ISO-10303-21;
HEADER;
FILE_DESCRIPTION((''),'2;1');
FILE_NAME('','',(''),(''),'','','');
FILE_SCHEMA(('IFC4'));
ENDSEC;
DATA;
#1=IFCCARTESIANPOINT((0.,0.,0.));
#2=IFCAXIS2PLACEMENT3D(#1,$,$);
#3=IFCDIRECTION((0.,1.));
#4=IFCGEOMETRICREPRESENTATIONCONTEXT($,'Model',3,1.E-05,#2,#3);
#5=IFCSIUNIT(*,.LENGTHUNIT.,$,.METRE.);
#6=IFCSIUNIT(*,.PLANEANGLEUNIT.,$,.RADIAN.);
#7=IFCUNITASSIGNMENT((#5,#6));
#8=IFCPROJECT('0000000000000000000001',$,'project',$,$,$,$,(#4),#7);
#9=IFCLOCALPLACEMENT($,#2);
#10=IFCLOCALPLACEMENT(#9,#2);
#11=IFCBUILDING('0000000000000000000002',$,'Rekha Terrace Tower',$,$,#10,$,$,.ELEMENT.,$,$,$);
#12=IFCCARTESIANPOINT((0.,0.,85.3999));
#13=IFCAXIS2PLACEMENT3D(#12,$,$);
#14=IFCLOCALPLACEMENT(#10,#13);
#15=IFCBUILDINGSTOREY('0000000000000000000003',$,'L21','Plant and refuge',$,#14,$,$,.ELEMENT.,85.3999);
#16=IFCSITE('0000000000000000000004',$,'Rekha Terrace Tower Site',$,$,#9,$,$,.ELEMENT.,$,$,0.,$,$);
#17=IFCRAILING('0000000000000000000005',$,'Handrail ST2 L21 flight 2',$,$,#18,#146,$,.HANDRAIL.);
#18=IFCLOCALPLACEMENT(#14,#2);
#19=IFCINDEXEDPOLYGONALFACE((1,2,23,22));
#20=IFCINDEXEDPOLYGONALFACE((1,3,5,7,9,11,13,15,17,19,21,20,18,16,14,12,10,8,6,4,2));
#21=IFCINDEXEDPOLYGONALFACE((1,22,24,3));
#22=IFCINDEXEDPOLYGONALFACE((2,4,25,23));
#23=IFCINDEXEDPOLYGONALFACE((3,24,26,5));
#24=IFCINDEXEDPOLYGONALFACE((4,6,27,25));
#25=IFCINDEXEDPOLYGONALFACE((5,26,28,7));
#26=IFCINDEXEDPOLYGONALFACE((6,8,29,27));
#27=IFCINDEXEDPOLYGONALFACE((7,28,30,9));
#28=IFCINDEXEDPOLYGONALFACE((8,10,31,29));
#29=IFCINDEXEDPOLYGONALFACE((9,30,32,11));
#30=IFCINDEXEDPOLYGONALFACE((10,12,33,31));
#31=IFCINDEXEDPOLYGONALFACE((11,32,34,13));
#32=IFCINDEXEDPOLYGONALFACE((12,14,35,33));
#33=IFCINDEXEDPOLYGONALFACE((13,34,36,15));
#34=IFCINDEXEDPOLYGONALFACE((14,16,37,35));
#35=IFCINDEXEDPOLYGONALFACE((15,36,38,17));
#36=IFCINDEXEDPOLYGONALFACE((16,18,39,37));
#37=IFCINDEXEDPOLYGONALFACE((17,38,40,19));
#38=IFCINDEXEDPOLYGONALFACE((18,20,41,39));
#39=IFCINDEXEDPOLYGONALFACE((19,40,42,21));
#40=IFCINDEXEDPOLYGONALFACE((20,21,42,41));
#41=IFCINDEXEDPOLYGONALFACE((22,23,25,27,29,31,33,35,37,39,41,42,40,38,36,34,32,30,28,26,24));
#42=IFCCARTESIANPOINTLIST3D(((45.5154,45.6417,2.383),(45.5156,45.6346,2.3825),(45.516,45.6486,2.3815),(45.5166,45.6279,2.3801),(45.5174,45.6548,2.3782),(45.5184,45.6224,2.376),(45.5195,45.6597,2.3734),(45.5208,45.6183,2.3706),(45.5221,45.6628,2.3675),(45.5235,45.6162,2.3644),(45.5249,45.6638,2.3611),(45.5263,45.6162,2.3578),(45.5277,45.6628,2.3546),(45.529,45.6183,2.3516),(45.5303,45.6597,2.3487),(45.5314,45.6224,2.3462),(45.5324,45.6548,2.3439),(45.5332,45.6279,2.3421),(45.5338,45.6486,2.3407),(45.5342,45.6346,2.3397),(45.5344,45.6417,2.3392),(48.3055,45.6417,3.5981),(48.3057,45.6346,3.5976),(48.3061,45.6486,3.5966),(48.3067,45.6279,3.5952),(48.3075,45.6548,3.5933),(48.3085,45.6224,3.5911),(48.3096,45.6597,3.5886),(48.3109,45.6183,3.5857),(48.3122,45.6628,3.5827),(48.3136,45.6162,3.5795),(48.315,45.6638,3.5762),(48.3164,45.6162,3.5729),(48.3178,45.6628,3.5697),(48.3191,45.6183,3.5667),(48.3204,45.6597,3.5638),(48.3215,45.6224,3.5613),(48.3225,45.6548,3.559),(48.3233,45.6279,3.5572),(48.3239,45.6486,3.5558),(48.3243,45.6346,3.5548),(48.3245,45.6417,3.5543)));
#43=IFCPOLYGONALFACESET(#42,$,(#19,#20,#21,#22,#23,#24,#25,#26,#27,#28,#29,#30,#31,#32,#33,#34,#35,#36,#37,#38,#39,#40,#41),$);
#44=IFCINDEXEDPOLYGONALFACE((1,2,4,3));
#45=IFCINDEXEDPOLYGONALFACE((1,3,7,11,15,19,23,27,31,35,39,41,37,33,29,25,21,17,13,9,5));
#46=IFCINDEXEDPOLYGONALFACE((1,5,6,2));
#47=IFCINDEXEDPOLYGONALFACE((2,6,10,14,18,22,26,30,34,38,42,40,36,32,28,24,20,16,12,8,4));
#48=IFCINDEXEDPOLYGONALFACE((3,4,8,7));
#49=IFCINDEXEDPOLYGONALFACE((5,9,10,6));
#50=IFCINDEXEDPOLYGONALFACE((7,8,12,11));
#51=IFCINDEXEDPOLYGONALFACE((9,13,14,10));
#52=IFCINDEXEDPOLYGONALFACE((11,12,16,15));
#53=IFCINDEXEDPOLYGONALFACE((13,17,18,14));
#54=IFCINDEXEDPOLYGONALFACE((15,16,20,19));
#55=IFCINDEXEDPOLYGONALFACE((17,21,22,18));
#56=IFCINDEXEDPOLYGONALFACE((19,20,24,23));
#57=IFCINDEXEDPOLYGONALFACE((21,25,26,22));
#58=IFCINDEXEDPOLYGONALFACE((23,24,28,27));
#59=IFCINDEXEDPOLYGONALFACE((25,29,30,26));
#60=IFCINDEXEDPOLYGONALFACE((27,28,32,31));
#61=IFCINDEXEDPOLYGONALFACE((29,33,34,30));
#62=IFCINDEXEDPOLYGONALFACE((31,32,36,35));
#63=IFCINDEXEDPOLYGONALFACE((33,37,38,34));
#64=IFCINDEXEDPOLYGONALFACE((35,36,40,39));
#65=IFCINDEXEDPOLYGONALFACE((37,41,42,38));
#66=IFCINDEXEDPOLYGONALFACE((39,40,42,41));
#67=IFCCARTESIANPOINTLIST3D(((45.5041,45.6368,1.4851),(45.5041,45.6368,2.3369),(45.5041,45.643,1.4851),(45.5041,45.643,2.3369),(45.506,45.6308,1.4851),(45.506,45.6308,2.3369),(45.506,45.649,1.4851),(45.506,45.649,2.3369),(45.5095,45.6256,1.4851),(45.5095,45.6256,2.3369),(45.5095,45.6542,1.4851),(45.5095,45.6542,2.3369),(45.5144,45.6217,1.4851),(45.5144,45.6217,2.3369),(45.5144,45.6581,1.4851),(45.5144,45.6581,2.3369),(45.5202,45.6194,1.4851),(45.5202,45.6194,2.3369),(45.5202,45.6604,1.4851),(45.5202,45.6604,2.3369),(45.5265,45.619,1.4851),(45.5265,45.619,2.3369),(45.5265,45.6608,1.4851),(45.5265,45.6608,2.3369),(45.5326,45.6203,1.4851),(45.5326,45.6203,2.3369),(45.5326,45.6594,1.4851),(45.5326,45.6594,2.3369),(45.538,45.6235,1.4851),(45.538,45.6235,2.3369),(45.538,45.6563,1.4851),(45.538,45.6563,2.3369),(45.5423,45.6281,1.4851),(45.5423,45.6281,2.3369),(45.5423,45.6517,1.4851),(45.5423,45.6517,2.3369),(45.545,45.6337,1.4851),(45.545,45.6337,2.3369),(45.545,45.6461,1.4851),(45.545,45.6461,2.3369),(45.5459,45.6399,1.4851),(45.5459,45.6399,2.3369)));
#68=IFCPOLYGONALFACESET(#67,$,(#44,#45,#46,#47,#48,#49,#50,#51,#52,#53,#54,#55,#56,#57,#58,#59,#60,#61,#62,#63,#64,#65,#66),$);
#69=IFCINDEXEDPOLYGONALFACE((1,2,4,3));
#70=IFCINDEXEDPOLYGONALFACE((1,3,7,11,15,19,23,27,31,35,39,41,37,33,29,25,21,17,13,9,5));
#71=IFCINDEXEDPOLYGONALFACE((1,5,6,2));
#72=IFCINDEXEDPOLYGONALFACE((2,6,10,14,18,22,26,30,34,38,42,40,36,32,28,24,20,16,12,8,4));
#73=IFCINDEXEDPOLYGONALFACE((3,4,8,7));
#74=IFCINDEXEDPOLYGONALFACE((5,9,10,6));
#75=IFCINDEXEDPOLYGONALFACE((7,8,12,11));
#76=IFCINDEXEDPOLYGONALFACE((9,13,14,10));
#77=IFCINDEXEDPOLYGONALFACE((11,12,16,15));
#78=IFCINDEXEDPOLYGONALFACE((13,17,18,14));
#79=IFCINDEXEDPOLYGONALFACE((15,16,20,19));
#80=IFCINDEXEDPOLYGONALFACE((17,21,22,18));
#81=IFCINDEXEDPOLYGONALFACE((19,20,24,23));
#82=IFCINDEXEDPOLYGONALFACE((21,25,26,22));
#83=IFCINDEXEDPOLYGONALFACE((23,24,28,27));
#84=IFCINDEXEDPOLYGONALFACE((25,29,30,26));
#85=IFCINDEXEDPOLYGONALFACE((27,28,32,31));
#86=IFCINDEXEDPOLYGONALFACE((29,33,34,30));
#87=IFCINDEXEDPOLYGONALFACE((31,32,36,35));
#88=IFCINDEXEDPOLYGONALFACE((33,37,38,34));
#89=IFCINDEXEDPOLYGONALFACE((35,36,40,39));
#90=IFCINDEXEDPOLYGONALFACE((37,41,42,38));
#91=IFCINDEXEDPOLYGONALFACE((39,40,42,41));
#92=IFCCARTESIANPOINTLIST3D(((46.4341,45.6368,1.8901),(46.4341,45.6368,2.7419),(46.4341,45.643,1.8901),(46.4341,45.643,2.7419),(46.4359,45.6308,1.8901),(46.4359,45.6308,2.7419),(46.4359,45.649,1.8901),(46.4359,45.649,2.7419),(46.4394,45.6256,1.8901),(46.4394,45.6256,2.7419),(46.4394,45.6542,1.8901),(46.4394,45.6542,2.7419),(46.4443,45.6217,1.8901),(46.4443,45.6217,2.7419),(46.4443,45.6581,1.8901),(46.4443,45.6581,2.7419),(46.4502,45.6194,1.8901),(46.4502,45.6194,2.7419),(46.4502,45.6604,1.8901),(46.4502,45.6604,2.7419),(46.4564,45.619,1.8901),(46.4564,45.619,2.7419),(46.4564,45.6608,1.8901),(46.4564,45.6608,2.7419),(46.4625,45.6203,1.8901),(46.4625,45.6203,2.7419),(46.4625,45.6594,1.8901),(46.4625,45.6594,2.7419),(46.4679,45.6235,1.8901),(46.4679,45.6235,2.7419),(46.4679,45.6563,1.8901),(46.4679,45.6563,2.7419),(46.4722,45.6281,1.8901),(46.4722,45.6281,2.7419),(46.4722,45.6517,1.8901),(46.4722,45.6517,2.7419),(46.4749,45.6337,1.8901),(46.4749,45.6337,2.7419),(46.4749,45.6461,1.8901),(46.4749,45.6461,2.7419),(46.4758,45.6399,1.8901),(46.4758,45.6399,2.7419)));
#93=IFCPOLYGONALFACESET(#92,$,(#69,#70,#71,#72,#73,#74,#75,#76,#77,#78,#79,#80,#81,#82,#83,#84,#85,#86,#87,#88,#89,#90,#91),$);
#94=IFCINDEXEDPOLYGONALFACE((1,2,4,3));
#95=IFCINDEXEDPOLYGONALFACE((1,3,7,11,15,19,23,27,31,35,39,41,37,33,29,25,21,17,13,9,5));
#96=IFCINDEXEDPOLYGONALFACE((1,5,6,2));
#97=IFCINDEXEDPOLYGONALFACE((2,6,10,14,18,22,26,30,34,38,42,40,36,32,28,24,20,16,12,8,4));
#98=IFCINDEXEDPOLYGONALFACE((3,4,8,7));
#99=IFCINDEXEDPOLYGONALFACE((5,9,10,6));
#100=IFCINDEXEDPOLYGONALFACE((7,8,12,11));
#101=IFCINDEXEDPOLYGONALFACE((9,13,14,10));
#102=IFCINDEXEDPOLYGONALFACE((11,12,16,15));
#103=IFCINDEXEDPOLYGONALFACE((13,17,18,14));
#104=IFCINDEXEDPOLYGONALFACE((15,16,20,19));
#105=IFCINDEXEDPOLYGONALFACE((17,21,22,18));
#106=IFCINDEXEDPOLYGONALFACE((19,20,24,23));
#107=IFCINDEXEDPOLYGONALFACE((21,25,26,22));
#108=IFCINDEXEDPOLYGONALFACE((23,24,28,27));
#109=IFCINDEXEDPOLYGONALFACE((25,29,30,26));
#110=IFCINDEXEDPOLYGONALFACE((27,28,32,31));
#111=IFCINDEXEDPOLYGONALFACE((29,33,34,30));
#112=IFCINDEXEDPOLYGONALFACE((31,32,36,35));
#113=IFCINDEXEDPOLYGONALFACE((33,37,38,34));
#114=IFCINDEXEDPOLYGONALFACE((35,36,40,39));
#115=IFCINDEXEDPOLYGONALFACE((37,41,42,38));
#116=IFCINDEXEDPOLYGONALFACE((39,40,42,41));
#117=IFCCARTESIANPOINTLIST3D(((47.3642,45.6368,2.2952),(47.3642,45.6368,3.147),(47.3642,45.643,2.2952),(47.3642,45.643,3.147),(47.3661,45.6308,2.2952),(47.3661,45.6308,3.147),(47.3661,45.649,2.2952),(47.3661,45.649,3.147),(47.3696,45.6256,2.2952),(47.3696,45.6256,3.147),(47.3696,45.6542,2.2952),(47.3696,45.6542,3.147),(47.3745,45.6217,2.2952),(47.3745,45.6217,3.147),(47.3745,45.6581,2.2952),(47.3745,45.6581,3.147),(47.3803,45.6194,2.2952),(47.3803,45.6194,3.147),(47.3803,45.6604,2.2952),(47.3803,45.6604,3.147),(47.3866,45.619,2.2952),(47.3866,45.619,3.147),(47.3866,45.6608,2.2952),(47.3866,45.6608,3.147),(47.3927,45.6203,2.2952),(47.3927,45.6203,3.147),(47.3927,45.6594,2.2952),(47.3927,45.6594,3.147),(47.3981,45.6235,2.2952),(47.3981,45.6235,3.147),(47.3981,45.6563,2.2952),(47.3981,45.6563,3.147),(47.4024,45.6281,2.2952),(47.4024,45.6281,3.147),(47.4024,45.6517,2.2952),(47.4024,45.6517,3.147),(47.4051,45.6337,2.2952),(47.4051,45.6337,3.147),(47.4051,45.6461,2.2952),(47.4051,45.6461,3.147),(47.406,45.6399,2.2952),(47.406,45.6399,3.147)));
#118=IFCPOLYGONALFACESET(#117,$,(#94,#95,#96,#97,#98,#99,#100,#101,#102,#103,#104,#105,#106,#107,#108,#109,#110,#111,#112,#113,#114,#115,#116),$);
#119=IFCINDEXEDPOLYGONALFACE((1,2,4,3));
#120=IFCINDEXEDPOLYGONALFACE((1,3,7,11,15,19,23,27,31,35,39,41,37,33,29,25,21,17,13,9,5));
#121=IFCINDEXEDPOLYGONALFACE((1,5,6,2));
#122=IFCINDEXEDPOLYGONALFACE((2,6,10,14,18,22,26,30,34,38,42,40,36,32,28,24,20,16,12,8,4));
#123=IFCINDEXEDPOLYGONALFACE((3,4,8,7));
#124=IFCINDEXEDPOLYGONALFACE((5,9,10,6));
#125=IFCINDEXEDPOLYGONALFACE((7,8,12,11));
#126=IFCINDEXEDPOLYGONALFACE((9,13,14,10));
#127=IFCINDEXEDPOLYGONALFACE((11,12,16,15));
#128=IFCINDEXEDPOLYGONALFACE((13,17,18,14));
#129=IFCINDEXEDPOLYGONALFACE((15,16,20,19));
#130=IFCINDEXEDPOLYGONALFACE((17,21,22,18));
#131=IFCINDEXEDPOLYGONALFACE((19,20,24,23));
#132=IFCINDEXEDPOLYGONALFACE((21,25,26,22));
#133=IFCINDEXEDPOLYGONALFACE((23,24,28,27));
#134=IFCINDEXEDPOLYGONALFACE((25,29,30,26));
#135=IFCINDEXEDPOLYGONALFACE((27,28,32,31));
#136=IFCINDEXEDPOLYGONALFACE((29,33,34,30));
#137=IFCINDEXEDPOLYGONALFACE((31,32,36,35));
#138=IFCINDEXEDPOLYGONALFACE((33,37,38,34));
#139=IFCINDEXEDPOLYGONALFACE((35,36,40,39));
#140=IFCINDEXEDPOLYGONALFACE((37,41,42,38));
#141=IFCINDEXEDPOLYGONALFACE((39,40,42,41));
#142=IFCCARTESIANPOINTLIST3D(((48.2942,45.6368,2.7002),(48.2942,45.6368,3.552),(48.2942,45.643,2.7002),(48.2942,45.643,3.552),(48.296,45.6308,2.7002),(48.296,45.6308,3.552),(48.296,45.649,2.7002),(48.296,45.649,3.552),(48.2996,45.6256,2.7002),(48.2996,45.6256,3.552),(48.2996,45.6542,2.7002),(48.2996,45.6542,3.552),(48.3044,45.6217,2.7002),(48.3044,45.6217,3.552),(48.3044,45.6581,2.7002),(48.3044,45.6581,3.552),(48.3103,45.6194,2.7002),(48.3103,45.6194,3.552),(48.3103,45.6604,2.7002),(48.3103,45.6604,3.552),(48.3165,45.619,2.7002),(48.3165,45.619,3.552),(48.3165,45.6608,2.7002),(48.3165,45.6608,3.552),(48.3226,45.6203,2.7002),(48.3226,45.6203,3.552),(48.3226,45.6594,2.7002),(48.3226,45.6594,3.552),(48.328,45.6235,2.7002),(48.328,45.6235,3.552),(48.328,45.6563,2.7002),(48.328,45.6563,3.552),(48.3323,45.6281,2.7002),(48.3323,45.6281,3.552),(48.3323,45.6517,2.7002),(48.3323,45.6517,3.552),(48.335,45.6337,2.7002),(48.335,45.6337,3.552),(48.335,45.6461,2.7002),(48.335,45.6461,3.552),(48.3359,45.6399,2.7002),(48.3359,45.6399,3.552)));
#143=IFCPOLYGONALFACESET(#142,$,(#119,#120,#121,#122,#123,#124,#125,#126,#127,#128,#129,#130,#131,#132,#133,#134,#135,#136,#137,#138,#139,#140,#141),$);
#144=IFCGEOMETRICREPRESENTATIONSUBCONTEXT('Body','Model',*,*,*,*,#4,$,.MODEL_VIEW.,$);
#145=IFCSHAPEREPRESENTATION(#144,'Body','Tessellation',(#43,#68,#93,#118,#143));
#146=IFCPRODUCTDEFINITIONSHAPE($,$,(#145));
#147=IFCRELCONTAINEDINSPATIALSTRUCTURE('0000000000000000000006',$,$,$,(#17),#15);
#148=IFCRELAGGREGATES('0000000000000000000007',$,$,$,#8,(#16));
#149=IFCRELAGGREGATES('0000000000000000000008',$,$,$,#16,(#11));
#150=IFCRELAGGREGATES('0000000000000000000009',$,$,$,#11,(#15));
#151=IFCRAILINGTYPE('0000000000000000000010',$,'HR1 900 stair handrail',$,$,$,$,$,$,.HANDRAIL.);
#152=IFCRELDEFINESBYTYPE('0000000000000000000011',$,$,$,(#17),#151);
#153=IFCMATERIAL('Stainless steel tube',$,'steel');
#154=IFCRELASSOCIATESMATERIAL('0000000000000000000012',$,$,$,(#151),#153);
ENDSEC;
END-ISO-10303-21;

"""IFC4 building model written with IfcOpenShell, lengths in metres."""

from ifc_helpers import new_model, si_unit, direction, frame, origin, origin_2d, place, context, subcontext, project, spatial, circle, extrude, material, type_object, element, save


model = new_model("IFC4")

# Units and contexts
model_context = context("Model", 3, precision=1e-05, world=origin(), true_north=direction((0.0, 1.0)))
body_context = subcontext(model_context, "Body", "Model", "MODEL_VIEW")
ifc_project = project(units=[si_unit("LENGTHUNIT", "METRE"), si_unit("PLANEANGLEUNIT", "RADIAN")], contexts=[model_context])

# Site, building, storey
site_placement = place(None, origin())
site = spatial("IfcSite", under=ifc_project, at=site_placement, Name="Rekha Terrace Tower Site", CompositionType="ELEMENT", RefElevation=0.0)
building_placement = place(site_placement, origin())
building = spatial("IfcBuilding", under=site, at=building_placement, Name="Rekha Terrace Tower", CompositionType="ELEMENT")
storey_placement = place(building_placement, frame((0.0, 0.0, 85.3999)))
storey = spatial("IfcBuildingStorey", under=building, at=storey_placement, Name="L21", Description="Plant and refuge", CompositionType="ELEMENT", Elevation=85.3999)

# Railing
ifc_material_1 = material(Name="Stainless steel tube", Category="steel")
railing_type_1 = type_object("IfcRailingType", Name="HR1 900 stair handrail", PredefinedType="HANDRAIL", material=ifc_material_1)
railing_1_placement = place(storey_placement, frame((45.5249, 45.6399, 1.4851)))
element("IfcRailing", 1, at=railing_1_placement, inside=storey, type_object=railing_type_1, Name="Handrail ST2 L21 flight 2", PredefinedType="HANDRAIL", context=body_context, shape_type="SweptSolid", body=[
    extrude(circle(Radius=0.0239, at=origin_2d()), frame((0.0, 0.0, 0.876), z_axis=(0.916826, 0.0, 0.399286), x_axis=(0.0, 1.0, 0.0)), (0.0, 0.0, 1.0), 3.0432),
    extrude(circle(Radius=0.021, at=origin_2d()), origin(), (0.0, 0.0, 1.0), 0.8518),
    extrude(circle(Radius=0.021, at=origin_2d()), frame((0.9299, 0.0, 0.405)), (0.0, 0.0, 1.0), 0.8518),
    extrude(circle(Radius=0.021, at=origin_2d()), frame((1.8601, 0.0, 0.8101)), (0.0, 0.0, 1.0), 0.8518),
    extrude(circle(Radius=0.021, at=origin_2d()), frame((2.79, 0.0, 1.2151)), (0.0, 0.0, 1.0), 0.8518),
])

save(model, "model.ifc")
